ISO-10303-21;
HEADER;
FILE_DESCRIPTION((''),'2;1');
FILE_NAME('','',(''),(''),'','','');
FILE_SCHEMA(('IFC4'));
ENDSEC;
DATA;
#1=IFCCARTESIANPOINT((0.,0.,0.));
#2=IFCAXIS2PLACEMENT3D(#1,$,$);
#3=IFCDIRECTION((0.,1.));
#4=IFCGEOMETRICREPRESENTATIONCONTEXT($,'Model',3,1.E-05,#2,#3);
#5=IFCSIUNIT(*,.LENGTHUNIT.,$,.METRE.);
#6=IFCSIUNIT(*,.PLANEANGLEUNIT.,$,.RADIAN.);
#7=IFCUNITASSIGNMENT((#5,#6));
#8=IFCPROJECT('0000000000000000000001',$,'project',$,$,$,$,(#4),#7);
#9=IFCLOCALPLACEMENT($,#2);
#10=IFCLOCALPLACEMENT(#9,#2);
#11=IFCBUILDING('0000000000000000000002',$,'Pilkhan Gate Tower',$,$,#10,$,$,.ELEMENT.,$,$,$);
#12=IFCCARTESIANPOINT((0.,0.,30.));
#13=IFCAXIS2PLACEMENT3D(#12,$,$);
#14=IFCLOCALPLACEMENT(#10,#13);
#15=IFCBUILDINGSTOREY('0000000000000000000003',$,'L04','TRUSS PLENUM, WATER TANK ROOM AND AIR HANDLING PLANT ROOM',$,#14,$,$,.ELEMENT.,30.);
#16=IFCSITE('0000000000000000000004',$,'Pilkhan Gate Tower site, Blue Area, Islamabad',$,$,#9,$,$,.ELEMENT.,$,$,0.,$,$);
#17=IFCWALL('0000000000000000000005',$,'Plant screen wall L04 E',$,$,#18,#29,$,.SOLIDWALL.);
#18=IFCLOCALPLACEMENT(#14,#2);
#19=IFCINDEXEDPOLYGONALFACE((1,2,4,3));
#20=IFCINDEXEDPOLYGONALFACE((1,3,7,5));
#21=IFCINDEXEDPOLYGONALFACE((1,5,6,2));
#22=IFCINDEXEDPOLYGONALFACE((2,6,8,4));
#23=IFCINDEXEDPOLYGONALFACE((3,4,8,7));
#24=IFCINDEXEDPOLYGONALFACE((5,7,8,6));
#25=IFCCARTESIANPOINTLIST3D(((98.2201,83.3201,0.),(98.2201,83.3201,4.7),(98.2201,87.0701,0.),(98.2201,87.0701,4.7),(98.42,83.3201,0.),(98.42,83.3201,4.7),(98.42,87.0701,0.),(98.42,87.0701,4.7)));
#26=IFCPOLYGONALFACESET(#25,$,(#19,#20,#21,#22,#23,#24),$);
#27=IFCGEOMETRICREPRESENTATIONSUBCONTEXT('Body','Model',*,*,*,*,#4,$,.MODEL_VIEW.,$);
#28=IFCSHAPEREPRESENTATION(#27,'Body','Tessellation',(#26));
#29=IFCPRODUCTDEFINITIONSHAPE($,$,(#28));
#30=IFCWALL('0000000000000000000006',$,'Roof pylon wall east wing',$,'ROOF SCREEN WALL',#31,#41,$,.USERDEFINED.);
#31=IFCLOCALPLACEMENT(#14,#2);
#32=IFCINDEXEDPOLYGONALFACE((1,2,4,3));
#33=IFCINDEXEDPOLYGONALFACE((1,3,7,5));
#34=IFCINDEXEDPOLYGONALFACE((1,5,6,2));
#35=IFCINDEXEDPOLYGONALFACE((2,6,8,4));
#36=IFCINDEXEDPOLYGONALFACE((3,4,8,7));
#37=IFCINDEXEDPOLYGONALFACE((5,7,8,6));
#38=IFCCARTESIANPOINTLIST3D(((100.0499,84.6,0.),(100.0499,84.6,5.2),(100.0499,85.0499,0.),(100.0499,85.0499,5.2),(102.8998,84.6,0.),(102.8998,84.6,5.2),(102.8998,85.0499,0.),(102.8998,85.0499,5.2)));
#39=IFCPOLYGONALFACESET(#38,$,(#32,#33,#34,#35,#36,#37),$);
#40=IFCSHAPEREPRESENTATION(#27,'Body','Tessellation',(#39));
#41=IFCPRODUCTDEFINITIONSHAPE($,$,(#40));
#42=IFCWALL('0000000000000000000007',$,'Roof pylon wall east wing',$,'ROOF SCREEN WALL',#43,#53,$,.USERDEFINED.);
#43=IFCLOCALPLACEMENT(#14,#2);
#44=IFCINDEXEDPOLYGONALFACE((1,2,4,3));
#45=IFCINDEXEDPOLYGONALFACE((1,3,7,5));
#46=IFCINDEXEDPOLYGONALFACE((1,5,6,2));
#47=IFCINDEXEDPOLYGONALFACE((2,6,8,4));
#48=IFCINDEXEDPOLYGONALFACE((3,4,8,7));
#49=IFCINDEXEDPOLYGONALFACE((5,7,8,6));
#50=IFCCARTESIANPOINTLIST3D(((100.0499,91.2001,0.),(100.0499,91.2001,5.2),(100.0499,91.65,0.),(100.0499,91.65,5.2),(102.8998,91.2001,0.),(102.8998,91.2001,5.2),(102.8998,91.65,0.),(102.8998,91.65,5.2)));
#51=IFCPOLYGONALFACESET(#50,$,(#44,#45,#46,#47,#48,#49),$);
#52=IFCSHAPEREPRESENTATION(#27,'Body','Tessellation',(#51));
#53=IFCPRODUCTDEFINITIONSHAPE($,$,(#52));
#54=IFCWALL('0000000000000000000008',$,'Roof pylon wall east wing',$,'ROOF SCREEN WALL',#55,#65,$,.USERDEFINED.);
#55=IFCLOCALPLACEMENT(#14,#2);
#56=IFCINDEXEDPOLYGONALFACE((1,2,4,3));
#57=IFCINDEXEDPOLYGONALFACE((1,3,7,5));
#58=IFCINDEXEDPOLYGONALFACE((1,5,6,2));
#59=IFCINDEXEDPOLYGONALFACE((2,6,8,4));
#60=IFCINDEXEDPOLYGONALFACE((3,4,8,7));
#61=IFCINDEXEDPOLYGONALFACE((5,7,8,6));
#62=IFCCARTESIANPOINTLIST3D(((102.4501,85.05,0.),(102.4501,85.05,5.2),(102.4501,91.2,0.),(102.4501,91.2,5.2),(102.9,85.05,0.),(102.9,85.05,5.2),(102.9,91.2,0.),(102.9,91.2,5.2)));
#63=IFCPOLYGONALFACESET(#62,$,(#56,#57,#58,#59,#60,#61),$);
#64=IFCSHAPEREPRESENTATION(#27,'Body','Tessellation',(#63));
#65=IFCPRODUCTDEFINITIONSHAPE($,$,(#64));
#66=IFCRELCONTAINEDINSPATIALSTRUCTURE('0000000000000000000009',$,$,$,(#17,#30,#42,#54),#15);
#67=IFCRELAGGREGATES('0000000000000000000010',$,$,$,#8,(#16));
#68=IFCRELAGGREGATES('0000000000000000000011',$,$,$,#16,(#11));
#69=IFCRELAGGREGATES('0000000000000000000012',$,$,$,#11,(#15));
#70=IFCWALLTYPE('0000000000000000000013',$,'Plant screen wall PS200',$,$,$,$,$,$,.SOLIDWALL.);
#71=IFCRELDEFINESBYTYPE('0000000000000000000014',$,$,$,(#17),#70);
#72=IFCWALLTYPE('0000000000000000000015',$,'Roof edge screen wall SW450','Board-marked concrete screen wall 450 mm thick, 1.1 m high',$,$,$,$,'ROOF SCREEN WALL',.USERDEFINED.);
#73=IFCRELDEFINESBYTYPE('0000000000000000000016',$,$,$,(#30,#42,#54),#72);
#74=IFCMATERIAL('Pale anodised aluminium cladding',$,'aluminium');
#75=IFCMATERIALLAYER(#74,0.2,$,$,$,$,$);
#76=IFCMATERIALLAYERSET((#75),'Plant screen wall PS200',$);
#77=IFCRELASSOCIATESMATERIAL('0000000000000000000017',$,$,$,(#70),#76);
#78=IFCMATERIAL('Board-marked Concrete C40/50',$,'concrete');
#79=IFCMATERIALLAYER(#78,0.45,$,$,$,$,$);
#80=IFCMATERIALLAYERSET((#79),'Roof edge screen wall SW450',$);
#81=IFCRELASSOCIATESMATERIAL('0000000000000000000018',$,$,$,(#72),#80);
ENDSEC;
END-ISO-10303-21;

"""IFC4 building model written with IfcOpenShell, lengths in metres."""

from ifc_helpers import new_model, si_unit, direction, frame, frame_2d, origin, place, context, subcontext, project, spatial, rectangle, extrude, material, layer, layer_set, type_object, element, save


model = new_model("IFC4")

# Units and contexts
model_context = context("Model", 3, precision=1e-05, world=origin(), true_north=direction((0.0, 1.0)))
body_context = subcontext(model_context, "Body", "Model", "MODEL_VIEW")
ifc_project = project(units=[si_unit("LENGTHUNIT", "METRE"), si_unit("PLANEANGLEUNIT", "RADIAN")], contexts=[model_context])

# Site, building, storey
site_placement = place(None, origin())
site = spatial("IfcSite", under=ifc_project, at=site_placement, Name="Pilkhan Gate Tower site, Blue Area, Islamabad", CompositionType="ELEMENT", RefElevation=0.0)
building_placement = place(site_placement, origin())
building = spatial("IfcBuilding", under=site, at=building_placement, Name="Pilkhan Gate Tower", CompositionType="ELEMENT")
storey_placement = place(building_placement, frame((0.0, 0.0, 30.0)))
storey = spatial("IfcBuildingStorey", under=building, at=storey_placement, Name="L04", Description="TRUSS PLENUM, WATER TANK ROOM AND AIR HANDLING PLANT ROOM", CompositionType="ELEMENT", Elevation=30.0)

# Walls
ifc_material_1 = material(Name="Pale anodised aluminium cladding", Category="aluminium")
ifc_layer_1 = layer(ifc_material_1, 0.2)
ifc_layer_set_1 = layer_set([ifc_layer_1], Name="Plant screen wall PS200")
wall_type_1 = type_object("IfcWallType", Name="Plant screen wall PS200", PredefinedType="SOLIDWALL", material=ifc_layer_set_1)
for number, where, z_axis, x_axis, name in (
    (1, (98.3201, 83.3201, 0.0), (0.0, 0.0, 1.0), (0.0, 1.0, 0.0), "Plant screen wall L04 E"),
):
    element("IfcWall", number, at=place(storey_placement, frame(where, z_axis=z_axis, x_axis=x_axis)), inside=storey, type_object=wall_type_1, Name=name, PredefinedType="SOLIDWALL", context=body_context, shape_type="SweptSolid", body=[
        extrude(rectangle(XDim=3.75, YDim=0.2, at=frame_2d((1.875, 0.0))), origin(), (0.0, 0.0, 1.0), 4.7),
    ])
ifc_material_2 = material(Name="Board-marked Concrete C40/50", Category="concrete")
ifc_layer_2 = layer(ifc_material_2, 0.45)
ifc_layer_set_2 = layer_set([ifc_layer_2], Name="Roof edge screen wall SW450")
wall_type_2 = type_object("IfcWallType", Name="Roof edge screen wall SW450", Description="Board-marked concrete screen wall 450 mm thick, 1.1 m high", ElementType="ROOF SCREEN WALL", PredefinedType="USERDEFINED", material=ifc_layer_set_2)
for number, where, z_axis, x_axis, name in (
    (2, (100.05, 84.825, 0.0), (0.0, 0.0, 1.0), (1.0, 0.0, 0.0), "Roof pylon wall east wing"),
    (3, (100.05, 91.425, 0.0), (0.0, 0.0, 1.0), (1.0, 0.0, 0.0), "Roof pylon wall east wing"),
):
    element("IfcWall", number, at=place(storey_placement, frame(where, z_axis=z_axis, x_axis=x_axis)), inside=storey, type_object=wall_type_2, Name=name, ObjectType="ROOF SCREEN WALL", PredefinedType="USERDEFINED", context=body_context, shape_type="SweptSolid", body=[
        extrude(rectangle(XDim=2.8499, YDim=0.45, at=frame_2d((1.4248, 0.0))), origin(), (0.0, 0.0, 1.0), 5.2),
    ])
wall_1_placement = place(storey_placement, frame((102.675, 85.05, 0.0), z_axis=(0.0, 0.0, 1.0), x_axis=(0.0, 1.0, 0.0)))
element("IfcWall", 4, at=wall_1_placement, inside=storey, type_object=wall_type_2, Name="Roof pylon wall east wing", ObjectType="ROOF SCREEN WALL", PredefinedType="USERDEFINED", context=body_context, shape_type="SweptSolid", body=[
    extrude(rectangle(XDim=6.1499, YDim=0.45, at=frame_2d((3.075, 0.0))), origin(), (0.0, 0.0, 1.0), 5.2),
])

save(model, "model.ifc")
